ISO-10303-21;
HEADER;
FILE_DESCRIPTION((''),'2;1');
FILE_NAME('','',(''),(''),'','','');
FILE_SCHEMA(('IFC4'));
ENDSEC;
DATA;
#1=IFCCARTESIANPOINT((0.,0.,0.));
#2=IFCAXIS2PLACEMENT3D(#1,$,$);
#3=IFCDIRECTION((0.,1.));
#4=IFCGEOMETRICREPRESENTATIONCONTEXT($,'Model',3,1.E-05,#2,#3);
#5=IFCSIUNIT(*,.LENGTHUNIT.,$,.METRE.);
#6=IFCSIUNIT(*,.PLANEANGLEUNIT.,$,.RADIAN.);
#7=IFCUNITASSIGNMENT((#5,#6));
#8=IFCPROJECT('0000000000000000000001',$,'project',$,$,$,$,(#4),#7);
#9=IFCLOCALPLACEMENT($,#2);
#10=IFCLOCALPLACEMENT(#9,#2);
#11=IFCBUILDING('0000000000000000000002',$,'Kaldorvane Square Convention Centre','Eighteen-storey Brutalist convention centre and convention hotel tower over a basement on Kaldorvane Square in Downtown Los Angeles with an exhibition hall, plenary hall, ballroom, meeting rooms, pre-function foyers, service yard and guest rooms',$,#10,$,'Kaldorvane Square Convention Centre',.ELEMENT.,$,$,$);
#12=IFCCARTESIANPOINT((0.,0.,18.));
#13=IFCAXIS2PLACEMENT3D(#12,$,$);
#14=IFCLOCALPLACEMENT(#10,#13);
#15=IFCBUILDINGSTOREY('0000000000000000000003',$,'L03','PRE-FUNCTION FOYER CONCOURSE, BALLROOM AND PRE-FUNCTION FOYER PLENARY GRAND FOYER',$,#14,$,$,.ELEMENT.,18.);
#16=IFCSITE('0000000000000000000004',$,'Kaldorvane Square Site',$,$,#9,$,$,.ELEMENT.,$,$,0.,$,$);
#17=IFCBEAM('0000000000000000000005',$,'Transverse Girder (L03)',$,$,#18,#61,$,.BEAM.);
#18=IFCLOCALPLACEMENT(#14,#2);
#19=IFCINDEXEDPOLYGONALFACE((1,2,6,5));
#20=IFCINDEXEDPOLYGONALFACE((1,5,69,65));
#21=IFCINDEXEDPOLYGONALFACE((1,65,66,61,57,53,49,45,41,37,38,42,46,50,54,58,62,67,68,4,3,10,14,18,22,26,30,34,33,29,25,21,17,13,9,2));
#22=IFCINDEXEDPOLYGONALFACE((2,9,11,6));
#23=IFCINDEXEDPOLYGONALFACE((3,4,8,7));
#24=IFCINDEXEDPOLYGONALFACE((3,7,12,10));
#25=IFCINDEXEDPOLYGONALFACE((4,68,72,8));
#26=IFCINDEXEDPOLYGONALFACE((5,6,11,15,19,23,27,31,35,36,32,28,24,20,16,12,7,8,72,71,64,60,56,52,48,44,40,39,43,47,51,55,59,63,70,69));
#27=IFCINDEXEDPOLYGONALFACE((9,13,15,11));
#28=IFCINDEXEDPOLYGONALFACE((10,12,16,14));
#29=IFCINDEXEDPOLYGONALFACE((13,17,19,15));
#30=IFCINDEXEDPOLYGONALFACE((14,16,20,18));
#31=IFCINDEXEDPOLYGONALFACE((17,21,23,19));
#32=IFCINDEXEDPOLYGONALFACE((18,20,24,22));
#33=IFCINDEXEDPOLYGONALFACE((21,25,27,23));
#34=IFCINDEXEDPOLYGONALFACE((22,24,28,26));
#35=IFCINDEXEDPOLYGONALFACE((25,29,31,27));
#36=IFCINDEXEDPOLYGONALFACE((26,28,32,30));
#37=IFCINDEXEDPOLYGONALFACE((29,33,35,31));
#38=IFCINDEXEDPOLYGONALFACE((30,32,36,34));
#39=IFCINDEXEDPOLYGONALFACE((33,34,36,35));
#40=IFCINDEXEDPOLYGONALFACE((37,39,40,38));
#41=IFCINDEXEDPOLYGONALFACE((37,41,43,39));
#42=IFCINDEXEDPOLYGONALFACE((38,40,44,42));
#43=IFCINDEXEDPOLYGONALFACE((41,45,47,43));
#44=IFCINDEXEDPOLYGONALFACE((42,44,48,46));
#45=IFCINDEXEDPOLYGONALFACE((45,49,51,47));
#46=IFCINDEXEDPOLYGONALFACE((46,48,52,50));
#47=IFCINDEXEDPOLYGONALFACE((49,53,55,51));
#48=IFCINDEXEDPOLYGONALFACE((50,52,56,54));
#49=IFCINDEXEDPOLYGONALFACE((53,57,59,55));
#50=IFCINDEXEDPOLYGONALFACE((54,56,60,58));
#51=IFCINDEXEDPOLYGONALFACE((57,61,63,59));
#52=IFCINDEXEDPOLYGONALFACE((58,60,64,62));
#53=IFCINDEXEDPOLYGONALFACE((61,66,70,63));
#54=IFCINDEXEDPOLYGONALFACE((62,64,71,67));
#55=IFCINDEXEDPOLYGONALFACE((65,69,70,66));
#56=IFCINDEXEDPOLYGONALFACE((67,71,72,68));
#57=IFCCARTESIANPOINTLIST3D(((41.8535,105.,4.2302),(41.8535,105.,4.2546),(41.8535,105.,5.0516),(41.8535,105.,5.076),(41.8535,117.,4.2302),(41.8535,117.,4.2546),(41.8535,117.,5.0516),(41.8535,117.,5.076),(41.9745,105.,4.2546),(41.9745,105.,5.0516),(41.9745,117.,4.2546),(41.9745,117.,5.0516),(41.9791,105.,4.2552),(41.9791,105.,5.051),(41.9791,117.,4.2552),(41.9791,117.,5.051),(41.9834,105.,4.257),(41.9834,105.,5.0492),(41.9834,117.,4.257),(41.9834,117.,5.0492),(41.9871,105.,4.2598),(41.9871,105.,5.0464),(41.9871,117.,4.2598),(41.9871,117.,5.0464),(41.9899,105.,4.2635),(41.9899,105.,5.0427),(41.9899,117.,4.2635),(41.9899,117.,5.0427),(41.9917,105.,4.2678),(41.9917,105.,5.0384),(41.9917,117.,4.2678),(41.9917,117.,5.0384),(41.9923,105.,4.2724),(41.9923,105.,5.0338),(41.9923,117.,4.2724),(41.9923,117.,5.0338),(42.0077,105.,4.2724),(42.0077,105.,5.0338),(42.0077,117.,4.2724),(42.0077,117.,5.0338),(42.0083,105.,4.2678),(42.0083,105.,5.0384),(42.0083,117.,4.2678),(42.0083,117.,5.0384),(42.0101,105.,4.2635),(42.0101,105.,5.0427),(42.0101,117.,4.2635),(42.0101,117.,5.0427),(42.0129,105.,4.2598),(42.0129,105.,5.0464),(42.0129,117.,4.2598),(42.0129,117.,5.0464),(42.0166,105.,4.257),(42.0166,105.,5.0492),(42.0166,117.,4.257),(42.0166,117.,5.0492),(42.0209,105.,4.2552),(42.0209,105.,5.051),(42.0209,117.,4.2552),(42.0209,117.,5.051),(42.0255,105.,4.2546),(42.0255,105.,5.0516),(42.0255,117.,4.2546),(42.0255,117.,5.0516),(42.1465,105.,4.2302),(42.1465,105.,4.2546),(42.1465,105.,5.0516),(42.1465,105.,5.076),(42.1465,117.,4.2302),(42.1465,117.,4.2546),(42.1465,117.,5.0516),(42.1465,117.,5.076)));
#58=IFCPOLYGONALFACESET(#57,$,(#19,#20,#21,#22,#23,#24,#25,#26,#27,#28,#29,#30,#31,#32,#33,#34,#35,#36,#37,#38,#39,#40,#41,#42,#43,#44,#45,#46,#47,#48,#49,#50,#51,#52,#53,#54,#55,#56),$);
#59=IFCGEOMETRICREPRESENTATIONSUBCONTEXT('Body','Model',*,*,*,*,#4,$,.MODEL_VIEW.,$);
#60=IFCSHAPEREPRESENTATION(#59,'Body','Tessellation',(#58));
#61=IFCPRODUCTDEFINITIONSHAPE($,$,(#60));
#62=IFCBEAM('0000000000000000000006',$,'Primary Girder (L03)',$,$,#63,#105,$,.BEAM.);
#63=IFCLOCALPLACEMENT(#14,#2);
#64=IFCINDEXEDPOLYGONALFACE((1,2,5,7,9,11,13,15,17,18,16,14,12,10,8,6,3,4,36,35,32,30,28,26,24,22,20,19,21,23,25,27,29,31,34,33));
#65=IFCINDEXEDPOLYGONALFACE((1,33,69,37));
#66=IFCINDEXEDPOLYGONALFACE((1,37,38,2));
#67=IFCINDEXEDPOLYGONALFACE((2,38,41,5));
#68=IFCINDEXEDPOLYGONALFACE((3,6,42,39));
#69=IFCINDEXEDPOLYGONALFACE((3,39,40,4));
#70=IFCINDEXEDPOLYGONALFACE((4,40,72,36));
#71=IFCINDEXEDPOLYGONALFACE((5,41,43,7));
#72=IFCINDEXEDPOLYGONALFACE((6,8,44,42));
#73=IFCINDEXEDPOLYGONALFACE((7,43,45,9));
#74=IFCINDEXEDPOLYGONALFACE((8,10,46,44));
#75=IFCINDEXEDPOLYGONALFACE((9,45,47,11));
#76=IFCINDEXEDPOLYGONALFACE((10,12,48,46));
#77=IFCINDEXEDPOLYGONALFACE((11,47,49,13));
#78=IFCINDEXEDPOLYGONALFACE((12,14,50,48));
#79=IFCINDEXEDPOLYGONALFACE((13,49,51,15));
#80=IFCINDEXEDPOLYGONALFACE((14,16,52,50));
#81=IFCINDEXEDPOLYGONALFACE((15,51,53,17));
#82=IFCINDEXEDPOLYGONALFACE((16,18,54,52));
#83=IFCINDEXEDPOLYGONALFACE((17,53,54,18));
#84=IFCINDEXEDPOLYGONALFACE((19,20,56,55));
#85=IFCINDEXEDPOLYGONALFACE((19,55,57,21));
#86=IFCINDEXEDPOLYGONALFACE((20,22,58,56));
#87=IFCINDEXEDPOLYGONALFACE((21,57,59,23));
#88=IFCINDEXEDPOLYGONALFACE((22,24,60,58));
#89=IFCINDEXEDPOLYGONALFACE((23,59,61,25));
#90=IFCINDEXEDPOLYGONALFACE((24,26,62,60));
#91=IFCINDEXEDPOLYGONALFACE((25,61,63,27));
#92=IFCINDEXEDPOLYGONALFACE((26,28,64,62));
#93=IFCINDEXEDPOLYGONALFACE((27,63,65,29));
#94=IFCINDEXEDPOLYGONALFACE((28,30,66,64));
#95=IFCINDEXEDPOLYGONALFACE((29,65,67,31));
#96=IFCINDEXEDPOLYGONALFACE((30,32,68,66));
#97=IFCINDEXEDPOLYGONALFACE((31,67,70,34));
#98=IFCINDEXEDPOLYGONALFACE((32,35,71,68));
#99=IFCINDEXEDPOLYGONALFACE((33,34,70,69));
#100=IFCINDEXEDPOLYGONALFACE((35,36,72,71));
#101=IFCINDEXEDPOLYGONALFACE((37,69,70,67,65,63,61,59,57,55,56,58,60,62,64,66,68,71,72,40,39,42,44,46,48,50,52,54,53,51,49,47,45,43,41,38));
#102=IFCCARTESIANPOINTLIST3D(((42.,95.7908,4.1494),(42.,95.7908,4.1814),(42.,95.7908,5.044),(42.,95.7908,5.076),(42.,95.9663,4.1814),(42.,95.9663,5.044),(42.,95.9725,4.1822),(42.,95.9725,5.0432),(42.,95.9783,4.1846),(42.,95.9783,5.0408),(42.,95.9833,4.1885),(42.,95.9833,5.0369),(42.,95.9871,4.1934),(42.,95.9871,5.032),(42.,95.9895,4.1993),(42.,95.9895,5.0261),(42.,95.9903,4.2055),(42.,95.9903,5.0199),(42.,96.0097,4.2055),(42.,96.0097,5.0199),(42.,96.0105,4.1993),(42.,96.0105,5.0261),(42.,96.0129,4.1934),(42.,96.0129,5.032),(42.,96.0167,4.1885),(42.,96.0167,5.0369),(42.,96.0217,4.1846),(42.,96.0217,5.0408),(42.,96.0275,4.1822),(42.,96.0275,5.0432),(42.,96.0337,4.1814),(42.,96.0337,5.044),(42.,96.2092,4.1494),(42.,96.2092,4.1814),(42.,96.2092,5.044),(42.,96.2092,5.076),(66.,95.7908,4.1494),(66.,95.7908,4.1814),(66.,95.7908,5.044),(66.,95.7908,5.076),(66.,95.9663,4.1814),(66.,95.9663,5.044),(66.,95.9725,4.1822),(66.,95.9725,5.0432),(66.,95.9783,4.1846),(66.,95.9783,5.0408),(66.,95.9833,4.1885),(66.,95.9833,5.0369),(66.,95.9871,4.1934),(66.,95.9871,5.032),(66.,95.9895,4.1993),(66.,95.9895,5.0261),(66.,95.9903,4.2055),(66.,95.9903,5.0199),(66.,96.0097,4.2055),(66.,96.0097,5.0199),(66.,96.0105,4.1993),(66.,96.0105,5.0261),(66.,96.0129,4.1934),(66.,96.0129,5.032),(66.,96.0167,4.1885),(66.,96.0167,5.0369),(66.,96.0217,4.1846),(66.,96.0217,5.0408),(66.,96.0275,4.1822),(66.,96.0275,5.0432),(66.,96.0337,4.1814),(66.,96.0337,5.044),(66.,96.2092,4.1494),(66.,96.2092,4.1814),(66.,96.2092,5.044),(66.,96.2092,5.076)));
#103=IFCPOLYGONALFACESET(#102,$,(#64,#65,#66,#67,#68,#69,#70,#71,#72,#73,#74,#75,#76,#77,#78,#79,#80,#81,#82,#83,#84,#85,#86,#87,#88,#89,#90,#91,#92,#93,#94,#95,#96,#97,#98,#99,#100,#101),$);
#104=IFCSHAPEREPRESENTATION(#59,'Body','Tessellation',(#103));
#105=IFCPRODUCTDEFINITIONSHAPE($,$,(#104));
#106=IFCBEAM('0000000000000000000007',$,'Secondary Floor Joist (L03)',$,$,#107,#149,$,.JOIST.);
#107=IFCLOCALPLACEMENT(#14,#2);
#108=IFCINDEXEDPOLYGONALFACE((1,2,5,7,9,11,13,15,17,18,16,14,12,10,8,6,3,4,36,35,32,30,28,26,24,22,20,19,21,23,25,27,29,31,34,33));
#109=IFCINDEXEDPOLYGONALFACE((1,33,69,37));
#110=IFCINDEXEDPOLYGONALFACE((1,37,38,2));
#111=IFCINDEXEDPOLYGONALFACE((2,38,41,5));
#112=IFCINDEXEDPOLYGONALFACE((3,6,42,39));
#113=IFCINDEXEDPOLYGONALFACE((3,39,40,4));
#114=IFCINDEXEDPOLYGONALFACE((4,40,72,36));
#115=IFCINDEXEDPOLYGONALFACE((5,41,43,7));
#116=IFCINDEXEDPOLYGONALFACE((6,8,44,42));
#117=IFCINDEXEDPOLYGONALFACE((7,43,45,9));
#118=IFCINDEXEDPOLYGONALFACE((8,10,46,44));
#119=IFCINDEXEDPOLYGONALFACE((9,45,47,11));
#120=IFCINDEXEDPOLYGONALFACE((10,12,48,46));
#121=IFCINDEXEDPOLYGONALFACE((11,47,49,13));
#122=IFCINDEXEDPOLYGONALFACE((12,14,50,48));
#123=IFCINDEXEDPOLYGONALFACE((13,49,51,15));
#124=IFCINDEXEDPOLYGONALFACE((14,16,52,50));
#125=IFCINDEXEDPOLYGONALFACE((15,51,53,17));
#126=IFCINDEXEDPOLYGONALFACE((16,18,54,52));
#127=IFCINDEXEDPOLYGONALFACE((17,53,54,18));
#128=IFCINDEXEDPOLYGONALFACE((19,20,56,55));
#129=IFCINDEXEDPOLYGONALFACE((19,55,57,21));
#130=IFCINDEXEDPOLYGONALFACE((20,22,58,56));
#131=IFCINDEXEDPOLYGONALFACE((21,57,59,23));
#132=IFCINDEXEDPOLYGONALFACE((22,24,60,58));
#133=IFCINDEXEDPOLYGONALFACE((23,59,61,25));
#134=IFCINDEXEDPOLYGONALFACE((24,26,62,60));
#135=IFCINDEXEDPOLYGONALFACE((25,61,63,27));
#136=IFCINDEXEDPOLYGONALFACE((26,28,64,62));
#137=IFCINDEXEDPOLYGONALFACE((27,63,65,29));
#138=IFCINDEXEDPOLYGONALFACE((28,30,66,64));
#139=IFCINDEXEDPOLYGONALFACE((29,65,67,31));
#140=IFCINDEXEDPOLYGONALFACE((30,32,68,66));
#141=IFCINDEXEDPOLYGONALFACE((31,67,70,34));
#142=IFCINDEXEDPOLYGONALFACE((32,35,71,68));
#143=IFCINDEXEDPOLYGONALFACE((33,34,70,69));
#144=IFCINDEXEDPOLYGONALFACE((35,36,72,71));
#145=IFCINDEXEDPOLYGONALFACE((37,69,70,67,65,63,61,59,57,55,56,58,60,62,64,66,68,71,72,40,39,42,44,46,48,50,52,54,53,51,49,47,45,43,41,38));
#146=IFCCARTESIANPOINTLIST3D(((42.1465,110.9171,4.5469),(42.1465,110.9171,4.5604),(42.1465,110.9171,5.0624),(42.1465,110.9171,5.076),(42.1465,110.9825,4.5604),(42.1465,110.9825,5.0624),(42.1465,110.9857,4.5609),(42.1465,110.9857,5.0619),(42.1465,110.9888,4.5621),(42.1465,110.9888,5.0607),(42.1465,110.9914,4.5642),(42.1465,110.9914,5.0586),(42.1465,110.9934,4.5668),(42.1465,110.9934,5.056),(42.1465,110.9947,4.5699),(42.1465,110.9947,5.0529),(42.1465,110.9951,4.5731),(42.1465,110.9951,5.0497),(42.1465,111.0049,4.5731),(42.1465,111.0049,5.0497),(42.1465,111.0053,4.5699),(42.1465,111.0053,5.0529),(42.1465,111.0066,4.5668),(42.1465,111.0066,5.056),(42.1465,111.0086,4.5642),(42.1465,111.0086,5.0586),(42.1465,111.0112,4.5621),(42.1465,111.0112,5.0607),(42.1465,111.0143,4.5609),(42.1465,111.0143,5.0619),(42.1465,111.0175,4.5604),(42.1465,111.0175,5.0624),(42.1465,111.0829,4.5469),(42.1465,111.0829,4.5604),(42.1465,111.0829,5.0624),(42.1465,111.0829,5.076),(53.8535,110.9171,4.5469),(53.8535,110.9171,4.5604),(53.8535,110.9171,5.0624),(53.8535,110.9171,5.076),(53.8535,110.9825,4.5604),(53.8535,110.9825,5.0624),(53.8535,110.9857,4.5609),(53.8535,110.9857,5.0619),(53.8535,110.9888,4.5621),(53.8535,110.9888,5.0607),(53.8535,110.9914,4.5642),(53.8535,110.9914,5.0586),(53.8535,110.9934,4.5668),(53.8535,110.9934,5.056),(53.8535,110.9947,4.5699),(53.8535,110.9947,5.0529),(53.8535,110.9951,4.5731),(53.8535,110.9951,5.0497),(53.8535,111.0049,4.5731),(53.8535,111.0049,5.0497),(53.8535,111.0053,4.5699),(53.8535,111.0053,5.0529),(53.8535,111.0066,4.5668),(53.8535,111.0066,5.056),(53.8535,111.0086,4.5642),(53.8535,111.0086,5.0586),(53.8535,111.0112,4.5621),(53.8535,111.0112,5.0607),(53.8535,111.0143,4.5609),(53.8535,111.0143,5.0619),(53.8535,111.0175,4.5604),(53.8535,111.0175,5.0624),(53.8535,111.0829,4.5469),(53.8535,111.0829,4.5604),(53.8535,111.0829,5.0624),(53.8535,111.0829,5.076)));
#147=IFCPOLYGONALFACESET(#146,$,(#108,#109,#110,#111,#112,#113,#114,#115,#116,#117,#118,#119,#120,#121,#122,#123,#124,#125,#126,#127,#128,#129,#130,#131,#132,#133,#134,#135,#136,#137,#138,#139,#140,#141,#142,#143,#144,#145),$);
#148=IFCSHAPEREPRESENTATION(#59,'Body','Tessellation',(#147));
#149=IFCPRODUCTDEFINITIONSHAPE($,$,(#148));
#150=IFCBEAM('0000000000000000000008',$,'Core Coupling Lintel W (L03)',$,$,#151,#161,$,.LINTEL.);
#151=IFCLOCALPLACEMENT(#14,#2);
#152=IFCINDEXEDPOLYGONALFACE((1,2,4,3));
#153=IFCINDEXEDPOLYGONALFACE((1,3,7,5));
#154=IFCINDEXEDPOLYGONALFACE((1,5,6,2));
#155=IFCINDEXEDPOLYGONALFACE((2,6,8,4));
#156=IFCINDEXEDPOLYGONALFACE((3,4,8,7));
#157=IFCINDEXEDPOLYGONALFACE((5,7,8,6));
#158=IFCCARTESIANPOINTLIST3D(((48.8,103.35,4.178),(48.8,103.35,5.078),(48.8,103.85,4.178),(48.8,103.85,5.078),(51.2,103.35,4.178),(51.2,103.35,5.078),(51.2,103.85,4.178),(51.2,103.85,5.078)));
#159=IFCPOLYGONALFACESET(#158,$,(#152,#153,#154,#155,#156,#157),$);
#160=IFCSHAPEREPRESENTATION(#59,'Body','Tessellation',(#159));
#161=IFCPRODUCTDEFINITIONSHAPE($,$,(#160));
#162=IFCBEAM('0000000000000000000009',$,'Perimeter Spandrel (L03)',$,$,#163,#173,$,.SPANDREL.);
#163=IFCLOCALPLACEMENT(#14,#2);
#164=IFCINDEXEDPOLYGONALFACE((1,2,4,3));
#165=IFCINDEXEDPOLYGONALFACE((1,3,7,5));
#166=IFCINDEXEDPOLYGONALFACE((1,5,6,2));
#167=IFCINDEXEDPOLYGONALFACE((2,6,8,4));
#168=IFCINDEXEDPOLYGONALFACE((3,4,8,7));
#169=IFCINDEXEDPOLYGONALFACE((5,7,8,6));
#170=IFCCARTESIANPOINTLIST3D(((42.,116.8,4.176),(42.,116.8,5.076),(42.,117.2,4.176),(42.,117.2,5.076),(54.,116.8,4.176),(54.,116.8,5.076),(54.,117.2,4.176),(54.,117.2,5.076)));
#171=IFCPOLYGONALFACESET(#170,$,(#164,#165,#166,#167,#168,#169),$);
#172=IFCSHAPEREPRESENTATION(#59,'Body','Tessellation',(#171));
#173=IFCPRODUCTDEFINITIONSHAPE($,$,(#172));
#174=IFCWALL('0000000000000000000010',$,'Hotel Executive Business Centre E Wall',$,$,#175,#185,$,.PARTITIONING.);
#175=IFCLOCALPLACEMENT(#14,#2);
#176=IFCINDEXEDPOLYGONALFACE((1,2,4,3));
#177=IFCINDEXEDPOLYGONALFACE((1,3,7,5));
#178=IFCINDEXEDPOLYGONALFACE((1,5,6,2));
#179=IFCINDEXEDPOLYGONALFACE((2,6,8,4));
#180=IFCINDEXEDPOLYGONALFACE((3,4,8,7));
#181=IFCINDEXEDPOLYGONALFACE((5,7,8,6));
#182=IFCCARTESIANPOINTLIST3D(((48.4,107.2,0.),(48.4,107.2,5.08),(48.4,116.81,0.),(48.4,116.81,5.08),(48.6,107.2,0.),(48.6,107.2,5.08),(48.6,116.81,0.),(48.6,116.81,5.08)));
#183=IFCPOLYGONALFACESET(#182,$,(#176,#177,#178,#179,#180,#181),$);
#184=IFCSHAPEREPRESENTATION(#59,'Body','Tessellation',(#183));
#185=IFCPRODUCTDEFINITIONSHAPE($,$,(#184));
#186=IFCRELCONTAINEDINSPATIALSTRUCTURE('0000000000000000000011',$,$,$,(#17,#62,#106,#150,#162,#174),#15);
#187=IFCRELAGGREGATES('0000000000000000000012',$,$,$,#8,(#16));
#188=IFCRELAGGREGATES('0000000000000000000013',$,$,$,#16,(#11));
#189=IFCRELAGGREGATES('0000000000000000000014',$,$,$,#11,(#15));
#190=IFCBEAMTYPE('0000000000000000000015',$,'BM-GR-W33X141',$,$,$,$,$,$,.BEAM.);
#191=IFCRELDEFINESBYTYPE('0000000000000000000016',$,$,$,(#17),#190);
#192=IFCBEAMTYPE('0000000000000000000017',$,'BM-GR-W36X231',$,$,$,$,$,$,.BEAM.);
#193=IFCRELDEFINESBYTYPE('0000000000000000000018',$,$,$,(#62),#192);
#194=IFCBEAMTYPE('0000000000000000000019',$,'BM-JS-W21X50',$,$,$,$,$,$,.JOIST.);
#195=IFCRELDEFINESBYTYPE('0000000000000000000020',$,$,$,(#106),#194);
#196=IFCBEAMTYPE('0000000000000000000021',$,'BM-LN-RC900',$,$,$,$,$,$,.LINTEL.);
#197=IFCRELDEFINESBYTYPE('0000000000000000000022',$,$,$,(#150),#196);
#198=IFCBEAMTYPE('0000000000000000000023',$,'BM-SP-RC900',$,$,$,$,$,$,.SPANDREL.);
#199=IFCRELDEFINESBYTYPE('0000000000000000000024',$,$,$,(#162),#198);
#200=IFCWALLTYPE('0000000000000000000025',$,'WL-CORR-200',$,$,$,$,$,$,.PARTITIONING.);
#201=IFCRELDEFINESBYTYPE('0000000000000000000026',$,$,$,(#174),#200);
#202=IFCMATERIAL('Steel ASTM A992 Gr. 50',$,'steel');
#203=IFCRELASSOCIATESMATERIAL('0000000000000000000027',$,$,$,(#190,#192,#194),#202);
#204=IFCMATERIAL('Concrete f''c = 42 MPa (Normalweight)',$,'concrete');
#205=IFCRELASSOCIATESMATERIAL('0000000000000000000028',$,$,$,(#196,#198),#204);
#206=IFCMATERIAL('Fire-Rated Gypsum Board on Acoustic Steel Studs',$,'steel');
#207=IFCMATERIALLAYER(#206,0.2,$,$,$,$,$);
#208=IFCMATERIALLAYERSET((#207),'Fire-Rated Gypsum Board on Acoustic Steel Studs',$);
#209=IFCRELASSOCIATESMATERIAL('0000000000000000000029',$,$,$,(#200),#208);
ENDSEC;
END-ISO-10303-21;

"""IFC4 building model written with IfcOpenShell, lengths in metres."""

from ifc_helpers import new_model, si_unit, direction, frame, frame_2d, origin, origin_2d, place, context, subcontext, project, spatial, rectangle, i_section, extrude, material, layer, layer_set, material_profile, profile_set, type_object, element, save


model = new_model("IFC4")

# Units and contexts
model_context = context("Model", 3, precision=1e-05, world=origin(), true_north=direction((0.0, 1.0)))
body_context = subcontext(model_context, "Body", "Model", "MODEL_VIEW")
ifc_project = project(units=[si_unit("LENGTHUNIT", "METRE"), si_unit("PLANEANGLEUNIT", "RADIAN")], contexts=[model_context])

# Site, building, storey
site_placement = place(None, origin())
site = spatial("IfcSite", under=ifc_project, at=site_placement, Name="Kaldorvane Square Site", CompositionType="ELEMENT", RefElevation=0.0)
building_placement = place(site_placement, origin())
building = spatial("IfcBuilding", under=site, at=building_placement, Name="Kaldorvane Square Convention Centre", Description="Eighteen-storey Brutalist convention centre and convention hotel tower over a basement on Kaldorvane Square in Downtown Los Angeles with an exhibition hall, plenary hall, ballroom, meeting rooms, pre-function foyers, service yard and guest rooms", LongName="Kaldorvane Square Convention Centre", CompositionType="ELEMENT")
storey_placement = place(building_placement, frame((0.0, 0.0, 18.0)))
storey = spatial("IfcBuildingStorey", under=building, at=storey_placement, Name="L03", Description="PRE-FUNCTION FOYER CONCOURSE, BALLROOM AND PRE-FUNCTION FOYER PLENARY GRAND FOYER", CompositionType="ELEMENT", Elevation=18.0)

# Shared definitions
ifc_material_1 = material(Name="Steel ASTM A992 Gr. 50", Category="steel")

# Beams
ifc_material_profile_1 = material_profile(ifc_material_1, i_section(OverallWidth=0.293, OverallDepth=0.8458, WebThickness=0.0154, FlangeThickness=0.0244, FilletRadius=0.0178, at=origin_2d()), Name="W33X141")
ifc_profile_set_1 = profile_set([ifc_material_profile_1], Name="Steel ASTM A992 Gr. 50")
beam_type_1 = type_object("IfcBeamType", Name="BM-GR-W33X141", PredefinedType="BEAM", material=ifc_profile_set_1)
beam_1_placement = place(storey_placement, frame((42.0, 105.0, 4.6531), z_axis=(0.0, 1.0, 0.0), x_axis=(-1.0, 0.0, 0.0)))
element("IfcBeam", 1, at=beam_1_placement, inside=storey, type_object=beam_type_1, Name="Transverse Girder (L03)", PredefinedType="BEAM", context=body_context, shape_type="SweptSolid", body=[
    extrude(i_section(OverallWidth=0.293, OverallDepth=0.8458, WebThickness=0.0154, FlangeThickness=0.0244, FilletRadius=0.0178, at=origin_2d()), origin(), (0.0, 0.0, 1.0), 12.0),
])
ifc_material_profile_2 = material_profile(ifc_material_1, i_section(OverallWidth=0.4183, OverallDepth=0.9266, WebThickness=0.0193, FlangeThickness=0.032, FilletRadius=0.0241, at=origin_2d()), Name="W36X231")
ifc_profile_set_2 = profile_set([ifc_material_profile_2], Name="Steel ASTM A992 Gr. 50")
beam_type_2 = type_object("IfcBeamType", Name="BM-GR-W36X231", PredefinedType="BEAM", material=ifc_profile_set_2)
beam_2_placement = place(storey_placement, frame((42.0, 96.0, 4.6127), z_axis=(1.0, 0.0, 0.0), x_axis=(0.0, 1.0, 0.0)))
element("IfcBeam", 2, at=beam_2_placement, inside=storey, type_object=beam_type_2, Name="Primary Girder (L03)", PredefinedType="BEAM", context=body_context, shape_type="SweptSolid", body=[
    extrude(i_section(OverallWidth=0.4183, OverallDepth=0.9266, WebThickness=0.0193, FlangeThickness=0.032, FilletRadius=0.0241, at=origin_2d()), origin(), (0.0, 0.0, 1.0), 24.0),
])
ifc_material_profile_3 = material_profile(ifc_material_1, i_section(OverallWidth=0.1659, OverallDepth=0.5291, WebThickness=0.0097, FlangeThickness=0.0136, FilletRadius=0.0127, at=origin_2d()), Name="W21X50")
ifc_profile_set_3 = profile_set([ifc_material_profile_3], Name="Steel ASTM A992 Gr. 50")
beam_type_3 = type_object("IfcBeamType", Name="BM-JS-W21X50", PredefinedType="JOIST", material=ifc_profile_set_3)
beam_3_placement = place(storey_placement, frame((42.1465, 111.0, 4.8114), z_axis=(1.0, 0.0, 0.0), x_axis=(0.0, 1.0, 0.0)))
element("IfcBeam", 3, at=beam_3_placement, inside=storey, type_object=beam_type_3, Name="Secondary Floor Joist (L03)", PredefinedType="JOIST", context=body_context, shape_type="SweptSolid", body=[
    extrude(i_section(OverallWidth=0.1659, OverallDepth=0.5291, WebThickness=0.0097, FlangeThickness=0.0136, FilletRadius=0.0127, at=origin_2d()), origin(), (0.0, 0.0, 1.0), 11.707),
])
ifc_material_2 = material(Name="Concrete f'c = 42 MPa (Normalweight)", Category="concrete")
ifc_material_profile_4 = material_profile(ifc_material_2, rectangle(XDim=0.5, YDim=0.9, at=origin_2d()), Name="RCLN900X500")
ifc_profile_set_4 = profile_set([ifc_material_profile_4], Name="Concrete f'c = 42 MPa (Normalweight)")
beam_type_4 = type_object("IfcBeamType", Name="BM-LN-RC900", PredefinedType="LINTEL", material=ifc_profile_set_4)
beam_4_placement = place(storey_placement, frame((48.8, 103.6, 4.628), z_axis=(1.0, 0.0, 0.0), x_axis=(0.0, 1.0, 0.0)))
element("IfcBeam", 4, at=beam_4_placement, inside=storey, type_object=beam_type_4, Name="Core Coupling Lintel W (L03)", PredefinedType="LINTEL", context=body_context, shape_type="SweptSolid", body=[
    extrude(rectangle(XDim=0.5, YDim=0.9, at=origin_2d()), origin(), (0.0, 0.0, 1.0), 2.4),
])
ifc_material_profile_5 = material_profile(ifc_material_2, rectangle(XDim=0.4, YDim=0.9, at=origin_2d()), Name="RCSP900X400")
ifc_profile_set_5 = profile_set([ifc_material_profile_5], Name="Concrete f'c = 42 MPa (Normalweight)")
beam_type_5 = type_object("IfcBeamType", Name="BM-SP-RC900", PredefinedType="SPANDREL", material=ifc_profile_set_5)
beam_5_placement = place(storey_placement, frame((42.0, 117.0, 4.626), z_axis=(1.0, 0.0, 0.0), x_axis=(0.0, 1.0, 0.0)))
element("IfcBeam", 5, at=beam_5_placement, inside=storey, type_object=beam_type_5, Name="Perimeter Spandrel (L03)", PredefinedType="SPANDREL", context=body_context, shape_type="SweptSolid", body=[
    extrude(rectangle(XDim=0.4, YDim=0.9, at=origin_2d()), origin(), (0.0, 0.0, 1.0), 12.0),
])

# Wall
ifc_material_3 = material(Name="Fire-Rated Gypsum Board on Acoustic Steel Studs", Category="steel")
ifc_layer_1 = layer(ifc_material_3, 0.2)
ifc_layer_set_1 = layer_set([ifc_layer_1], Name="Fire-Rated Gypsum Board on Acoustic Steel Studs")
wall_type_1 = type_object("IfcWallType", Name="WL-CORR-200", PredefinedType="PARTITIONING", material=ifc_layer_set_1)
wall_1_placement = place(storey_placement, frame((48.5, 107.2, 0.0), z_axis=(0.0, 0.0, 1.0), x_axis=(0.0, 1.0, 0.0)))
element("IfcWall", 6, at=wall_1_placement, inside=storey, type_object=wall_type_1, Name="Hotel Executive Business Centre E Wall", PredefinedType="PARTITIONING", context=body_context, shape_type="SweptSolid", body=[
    extrude(rectangle(XDim=9.61, YDim=0.2, at=frame_2d((4.805, 0.0))), origin(), (0.0, 0.0, 1.0), 5.08),
])

save(model, "model.ifc")
